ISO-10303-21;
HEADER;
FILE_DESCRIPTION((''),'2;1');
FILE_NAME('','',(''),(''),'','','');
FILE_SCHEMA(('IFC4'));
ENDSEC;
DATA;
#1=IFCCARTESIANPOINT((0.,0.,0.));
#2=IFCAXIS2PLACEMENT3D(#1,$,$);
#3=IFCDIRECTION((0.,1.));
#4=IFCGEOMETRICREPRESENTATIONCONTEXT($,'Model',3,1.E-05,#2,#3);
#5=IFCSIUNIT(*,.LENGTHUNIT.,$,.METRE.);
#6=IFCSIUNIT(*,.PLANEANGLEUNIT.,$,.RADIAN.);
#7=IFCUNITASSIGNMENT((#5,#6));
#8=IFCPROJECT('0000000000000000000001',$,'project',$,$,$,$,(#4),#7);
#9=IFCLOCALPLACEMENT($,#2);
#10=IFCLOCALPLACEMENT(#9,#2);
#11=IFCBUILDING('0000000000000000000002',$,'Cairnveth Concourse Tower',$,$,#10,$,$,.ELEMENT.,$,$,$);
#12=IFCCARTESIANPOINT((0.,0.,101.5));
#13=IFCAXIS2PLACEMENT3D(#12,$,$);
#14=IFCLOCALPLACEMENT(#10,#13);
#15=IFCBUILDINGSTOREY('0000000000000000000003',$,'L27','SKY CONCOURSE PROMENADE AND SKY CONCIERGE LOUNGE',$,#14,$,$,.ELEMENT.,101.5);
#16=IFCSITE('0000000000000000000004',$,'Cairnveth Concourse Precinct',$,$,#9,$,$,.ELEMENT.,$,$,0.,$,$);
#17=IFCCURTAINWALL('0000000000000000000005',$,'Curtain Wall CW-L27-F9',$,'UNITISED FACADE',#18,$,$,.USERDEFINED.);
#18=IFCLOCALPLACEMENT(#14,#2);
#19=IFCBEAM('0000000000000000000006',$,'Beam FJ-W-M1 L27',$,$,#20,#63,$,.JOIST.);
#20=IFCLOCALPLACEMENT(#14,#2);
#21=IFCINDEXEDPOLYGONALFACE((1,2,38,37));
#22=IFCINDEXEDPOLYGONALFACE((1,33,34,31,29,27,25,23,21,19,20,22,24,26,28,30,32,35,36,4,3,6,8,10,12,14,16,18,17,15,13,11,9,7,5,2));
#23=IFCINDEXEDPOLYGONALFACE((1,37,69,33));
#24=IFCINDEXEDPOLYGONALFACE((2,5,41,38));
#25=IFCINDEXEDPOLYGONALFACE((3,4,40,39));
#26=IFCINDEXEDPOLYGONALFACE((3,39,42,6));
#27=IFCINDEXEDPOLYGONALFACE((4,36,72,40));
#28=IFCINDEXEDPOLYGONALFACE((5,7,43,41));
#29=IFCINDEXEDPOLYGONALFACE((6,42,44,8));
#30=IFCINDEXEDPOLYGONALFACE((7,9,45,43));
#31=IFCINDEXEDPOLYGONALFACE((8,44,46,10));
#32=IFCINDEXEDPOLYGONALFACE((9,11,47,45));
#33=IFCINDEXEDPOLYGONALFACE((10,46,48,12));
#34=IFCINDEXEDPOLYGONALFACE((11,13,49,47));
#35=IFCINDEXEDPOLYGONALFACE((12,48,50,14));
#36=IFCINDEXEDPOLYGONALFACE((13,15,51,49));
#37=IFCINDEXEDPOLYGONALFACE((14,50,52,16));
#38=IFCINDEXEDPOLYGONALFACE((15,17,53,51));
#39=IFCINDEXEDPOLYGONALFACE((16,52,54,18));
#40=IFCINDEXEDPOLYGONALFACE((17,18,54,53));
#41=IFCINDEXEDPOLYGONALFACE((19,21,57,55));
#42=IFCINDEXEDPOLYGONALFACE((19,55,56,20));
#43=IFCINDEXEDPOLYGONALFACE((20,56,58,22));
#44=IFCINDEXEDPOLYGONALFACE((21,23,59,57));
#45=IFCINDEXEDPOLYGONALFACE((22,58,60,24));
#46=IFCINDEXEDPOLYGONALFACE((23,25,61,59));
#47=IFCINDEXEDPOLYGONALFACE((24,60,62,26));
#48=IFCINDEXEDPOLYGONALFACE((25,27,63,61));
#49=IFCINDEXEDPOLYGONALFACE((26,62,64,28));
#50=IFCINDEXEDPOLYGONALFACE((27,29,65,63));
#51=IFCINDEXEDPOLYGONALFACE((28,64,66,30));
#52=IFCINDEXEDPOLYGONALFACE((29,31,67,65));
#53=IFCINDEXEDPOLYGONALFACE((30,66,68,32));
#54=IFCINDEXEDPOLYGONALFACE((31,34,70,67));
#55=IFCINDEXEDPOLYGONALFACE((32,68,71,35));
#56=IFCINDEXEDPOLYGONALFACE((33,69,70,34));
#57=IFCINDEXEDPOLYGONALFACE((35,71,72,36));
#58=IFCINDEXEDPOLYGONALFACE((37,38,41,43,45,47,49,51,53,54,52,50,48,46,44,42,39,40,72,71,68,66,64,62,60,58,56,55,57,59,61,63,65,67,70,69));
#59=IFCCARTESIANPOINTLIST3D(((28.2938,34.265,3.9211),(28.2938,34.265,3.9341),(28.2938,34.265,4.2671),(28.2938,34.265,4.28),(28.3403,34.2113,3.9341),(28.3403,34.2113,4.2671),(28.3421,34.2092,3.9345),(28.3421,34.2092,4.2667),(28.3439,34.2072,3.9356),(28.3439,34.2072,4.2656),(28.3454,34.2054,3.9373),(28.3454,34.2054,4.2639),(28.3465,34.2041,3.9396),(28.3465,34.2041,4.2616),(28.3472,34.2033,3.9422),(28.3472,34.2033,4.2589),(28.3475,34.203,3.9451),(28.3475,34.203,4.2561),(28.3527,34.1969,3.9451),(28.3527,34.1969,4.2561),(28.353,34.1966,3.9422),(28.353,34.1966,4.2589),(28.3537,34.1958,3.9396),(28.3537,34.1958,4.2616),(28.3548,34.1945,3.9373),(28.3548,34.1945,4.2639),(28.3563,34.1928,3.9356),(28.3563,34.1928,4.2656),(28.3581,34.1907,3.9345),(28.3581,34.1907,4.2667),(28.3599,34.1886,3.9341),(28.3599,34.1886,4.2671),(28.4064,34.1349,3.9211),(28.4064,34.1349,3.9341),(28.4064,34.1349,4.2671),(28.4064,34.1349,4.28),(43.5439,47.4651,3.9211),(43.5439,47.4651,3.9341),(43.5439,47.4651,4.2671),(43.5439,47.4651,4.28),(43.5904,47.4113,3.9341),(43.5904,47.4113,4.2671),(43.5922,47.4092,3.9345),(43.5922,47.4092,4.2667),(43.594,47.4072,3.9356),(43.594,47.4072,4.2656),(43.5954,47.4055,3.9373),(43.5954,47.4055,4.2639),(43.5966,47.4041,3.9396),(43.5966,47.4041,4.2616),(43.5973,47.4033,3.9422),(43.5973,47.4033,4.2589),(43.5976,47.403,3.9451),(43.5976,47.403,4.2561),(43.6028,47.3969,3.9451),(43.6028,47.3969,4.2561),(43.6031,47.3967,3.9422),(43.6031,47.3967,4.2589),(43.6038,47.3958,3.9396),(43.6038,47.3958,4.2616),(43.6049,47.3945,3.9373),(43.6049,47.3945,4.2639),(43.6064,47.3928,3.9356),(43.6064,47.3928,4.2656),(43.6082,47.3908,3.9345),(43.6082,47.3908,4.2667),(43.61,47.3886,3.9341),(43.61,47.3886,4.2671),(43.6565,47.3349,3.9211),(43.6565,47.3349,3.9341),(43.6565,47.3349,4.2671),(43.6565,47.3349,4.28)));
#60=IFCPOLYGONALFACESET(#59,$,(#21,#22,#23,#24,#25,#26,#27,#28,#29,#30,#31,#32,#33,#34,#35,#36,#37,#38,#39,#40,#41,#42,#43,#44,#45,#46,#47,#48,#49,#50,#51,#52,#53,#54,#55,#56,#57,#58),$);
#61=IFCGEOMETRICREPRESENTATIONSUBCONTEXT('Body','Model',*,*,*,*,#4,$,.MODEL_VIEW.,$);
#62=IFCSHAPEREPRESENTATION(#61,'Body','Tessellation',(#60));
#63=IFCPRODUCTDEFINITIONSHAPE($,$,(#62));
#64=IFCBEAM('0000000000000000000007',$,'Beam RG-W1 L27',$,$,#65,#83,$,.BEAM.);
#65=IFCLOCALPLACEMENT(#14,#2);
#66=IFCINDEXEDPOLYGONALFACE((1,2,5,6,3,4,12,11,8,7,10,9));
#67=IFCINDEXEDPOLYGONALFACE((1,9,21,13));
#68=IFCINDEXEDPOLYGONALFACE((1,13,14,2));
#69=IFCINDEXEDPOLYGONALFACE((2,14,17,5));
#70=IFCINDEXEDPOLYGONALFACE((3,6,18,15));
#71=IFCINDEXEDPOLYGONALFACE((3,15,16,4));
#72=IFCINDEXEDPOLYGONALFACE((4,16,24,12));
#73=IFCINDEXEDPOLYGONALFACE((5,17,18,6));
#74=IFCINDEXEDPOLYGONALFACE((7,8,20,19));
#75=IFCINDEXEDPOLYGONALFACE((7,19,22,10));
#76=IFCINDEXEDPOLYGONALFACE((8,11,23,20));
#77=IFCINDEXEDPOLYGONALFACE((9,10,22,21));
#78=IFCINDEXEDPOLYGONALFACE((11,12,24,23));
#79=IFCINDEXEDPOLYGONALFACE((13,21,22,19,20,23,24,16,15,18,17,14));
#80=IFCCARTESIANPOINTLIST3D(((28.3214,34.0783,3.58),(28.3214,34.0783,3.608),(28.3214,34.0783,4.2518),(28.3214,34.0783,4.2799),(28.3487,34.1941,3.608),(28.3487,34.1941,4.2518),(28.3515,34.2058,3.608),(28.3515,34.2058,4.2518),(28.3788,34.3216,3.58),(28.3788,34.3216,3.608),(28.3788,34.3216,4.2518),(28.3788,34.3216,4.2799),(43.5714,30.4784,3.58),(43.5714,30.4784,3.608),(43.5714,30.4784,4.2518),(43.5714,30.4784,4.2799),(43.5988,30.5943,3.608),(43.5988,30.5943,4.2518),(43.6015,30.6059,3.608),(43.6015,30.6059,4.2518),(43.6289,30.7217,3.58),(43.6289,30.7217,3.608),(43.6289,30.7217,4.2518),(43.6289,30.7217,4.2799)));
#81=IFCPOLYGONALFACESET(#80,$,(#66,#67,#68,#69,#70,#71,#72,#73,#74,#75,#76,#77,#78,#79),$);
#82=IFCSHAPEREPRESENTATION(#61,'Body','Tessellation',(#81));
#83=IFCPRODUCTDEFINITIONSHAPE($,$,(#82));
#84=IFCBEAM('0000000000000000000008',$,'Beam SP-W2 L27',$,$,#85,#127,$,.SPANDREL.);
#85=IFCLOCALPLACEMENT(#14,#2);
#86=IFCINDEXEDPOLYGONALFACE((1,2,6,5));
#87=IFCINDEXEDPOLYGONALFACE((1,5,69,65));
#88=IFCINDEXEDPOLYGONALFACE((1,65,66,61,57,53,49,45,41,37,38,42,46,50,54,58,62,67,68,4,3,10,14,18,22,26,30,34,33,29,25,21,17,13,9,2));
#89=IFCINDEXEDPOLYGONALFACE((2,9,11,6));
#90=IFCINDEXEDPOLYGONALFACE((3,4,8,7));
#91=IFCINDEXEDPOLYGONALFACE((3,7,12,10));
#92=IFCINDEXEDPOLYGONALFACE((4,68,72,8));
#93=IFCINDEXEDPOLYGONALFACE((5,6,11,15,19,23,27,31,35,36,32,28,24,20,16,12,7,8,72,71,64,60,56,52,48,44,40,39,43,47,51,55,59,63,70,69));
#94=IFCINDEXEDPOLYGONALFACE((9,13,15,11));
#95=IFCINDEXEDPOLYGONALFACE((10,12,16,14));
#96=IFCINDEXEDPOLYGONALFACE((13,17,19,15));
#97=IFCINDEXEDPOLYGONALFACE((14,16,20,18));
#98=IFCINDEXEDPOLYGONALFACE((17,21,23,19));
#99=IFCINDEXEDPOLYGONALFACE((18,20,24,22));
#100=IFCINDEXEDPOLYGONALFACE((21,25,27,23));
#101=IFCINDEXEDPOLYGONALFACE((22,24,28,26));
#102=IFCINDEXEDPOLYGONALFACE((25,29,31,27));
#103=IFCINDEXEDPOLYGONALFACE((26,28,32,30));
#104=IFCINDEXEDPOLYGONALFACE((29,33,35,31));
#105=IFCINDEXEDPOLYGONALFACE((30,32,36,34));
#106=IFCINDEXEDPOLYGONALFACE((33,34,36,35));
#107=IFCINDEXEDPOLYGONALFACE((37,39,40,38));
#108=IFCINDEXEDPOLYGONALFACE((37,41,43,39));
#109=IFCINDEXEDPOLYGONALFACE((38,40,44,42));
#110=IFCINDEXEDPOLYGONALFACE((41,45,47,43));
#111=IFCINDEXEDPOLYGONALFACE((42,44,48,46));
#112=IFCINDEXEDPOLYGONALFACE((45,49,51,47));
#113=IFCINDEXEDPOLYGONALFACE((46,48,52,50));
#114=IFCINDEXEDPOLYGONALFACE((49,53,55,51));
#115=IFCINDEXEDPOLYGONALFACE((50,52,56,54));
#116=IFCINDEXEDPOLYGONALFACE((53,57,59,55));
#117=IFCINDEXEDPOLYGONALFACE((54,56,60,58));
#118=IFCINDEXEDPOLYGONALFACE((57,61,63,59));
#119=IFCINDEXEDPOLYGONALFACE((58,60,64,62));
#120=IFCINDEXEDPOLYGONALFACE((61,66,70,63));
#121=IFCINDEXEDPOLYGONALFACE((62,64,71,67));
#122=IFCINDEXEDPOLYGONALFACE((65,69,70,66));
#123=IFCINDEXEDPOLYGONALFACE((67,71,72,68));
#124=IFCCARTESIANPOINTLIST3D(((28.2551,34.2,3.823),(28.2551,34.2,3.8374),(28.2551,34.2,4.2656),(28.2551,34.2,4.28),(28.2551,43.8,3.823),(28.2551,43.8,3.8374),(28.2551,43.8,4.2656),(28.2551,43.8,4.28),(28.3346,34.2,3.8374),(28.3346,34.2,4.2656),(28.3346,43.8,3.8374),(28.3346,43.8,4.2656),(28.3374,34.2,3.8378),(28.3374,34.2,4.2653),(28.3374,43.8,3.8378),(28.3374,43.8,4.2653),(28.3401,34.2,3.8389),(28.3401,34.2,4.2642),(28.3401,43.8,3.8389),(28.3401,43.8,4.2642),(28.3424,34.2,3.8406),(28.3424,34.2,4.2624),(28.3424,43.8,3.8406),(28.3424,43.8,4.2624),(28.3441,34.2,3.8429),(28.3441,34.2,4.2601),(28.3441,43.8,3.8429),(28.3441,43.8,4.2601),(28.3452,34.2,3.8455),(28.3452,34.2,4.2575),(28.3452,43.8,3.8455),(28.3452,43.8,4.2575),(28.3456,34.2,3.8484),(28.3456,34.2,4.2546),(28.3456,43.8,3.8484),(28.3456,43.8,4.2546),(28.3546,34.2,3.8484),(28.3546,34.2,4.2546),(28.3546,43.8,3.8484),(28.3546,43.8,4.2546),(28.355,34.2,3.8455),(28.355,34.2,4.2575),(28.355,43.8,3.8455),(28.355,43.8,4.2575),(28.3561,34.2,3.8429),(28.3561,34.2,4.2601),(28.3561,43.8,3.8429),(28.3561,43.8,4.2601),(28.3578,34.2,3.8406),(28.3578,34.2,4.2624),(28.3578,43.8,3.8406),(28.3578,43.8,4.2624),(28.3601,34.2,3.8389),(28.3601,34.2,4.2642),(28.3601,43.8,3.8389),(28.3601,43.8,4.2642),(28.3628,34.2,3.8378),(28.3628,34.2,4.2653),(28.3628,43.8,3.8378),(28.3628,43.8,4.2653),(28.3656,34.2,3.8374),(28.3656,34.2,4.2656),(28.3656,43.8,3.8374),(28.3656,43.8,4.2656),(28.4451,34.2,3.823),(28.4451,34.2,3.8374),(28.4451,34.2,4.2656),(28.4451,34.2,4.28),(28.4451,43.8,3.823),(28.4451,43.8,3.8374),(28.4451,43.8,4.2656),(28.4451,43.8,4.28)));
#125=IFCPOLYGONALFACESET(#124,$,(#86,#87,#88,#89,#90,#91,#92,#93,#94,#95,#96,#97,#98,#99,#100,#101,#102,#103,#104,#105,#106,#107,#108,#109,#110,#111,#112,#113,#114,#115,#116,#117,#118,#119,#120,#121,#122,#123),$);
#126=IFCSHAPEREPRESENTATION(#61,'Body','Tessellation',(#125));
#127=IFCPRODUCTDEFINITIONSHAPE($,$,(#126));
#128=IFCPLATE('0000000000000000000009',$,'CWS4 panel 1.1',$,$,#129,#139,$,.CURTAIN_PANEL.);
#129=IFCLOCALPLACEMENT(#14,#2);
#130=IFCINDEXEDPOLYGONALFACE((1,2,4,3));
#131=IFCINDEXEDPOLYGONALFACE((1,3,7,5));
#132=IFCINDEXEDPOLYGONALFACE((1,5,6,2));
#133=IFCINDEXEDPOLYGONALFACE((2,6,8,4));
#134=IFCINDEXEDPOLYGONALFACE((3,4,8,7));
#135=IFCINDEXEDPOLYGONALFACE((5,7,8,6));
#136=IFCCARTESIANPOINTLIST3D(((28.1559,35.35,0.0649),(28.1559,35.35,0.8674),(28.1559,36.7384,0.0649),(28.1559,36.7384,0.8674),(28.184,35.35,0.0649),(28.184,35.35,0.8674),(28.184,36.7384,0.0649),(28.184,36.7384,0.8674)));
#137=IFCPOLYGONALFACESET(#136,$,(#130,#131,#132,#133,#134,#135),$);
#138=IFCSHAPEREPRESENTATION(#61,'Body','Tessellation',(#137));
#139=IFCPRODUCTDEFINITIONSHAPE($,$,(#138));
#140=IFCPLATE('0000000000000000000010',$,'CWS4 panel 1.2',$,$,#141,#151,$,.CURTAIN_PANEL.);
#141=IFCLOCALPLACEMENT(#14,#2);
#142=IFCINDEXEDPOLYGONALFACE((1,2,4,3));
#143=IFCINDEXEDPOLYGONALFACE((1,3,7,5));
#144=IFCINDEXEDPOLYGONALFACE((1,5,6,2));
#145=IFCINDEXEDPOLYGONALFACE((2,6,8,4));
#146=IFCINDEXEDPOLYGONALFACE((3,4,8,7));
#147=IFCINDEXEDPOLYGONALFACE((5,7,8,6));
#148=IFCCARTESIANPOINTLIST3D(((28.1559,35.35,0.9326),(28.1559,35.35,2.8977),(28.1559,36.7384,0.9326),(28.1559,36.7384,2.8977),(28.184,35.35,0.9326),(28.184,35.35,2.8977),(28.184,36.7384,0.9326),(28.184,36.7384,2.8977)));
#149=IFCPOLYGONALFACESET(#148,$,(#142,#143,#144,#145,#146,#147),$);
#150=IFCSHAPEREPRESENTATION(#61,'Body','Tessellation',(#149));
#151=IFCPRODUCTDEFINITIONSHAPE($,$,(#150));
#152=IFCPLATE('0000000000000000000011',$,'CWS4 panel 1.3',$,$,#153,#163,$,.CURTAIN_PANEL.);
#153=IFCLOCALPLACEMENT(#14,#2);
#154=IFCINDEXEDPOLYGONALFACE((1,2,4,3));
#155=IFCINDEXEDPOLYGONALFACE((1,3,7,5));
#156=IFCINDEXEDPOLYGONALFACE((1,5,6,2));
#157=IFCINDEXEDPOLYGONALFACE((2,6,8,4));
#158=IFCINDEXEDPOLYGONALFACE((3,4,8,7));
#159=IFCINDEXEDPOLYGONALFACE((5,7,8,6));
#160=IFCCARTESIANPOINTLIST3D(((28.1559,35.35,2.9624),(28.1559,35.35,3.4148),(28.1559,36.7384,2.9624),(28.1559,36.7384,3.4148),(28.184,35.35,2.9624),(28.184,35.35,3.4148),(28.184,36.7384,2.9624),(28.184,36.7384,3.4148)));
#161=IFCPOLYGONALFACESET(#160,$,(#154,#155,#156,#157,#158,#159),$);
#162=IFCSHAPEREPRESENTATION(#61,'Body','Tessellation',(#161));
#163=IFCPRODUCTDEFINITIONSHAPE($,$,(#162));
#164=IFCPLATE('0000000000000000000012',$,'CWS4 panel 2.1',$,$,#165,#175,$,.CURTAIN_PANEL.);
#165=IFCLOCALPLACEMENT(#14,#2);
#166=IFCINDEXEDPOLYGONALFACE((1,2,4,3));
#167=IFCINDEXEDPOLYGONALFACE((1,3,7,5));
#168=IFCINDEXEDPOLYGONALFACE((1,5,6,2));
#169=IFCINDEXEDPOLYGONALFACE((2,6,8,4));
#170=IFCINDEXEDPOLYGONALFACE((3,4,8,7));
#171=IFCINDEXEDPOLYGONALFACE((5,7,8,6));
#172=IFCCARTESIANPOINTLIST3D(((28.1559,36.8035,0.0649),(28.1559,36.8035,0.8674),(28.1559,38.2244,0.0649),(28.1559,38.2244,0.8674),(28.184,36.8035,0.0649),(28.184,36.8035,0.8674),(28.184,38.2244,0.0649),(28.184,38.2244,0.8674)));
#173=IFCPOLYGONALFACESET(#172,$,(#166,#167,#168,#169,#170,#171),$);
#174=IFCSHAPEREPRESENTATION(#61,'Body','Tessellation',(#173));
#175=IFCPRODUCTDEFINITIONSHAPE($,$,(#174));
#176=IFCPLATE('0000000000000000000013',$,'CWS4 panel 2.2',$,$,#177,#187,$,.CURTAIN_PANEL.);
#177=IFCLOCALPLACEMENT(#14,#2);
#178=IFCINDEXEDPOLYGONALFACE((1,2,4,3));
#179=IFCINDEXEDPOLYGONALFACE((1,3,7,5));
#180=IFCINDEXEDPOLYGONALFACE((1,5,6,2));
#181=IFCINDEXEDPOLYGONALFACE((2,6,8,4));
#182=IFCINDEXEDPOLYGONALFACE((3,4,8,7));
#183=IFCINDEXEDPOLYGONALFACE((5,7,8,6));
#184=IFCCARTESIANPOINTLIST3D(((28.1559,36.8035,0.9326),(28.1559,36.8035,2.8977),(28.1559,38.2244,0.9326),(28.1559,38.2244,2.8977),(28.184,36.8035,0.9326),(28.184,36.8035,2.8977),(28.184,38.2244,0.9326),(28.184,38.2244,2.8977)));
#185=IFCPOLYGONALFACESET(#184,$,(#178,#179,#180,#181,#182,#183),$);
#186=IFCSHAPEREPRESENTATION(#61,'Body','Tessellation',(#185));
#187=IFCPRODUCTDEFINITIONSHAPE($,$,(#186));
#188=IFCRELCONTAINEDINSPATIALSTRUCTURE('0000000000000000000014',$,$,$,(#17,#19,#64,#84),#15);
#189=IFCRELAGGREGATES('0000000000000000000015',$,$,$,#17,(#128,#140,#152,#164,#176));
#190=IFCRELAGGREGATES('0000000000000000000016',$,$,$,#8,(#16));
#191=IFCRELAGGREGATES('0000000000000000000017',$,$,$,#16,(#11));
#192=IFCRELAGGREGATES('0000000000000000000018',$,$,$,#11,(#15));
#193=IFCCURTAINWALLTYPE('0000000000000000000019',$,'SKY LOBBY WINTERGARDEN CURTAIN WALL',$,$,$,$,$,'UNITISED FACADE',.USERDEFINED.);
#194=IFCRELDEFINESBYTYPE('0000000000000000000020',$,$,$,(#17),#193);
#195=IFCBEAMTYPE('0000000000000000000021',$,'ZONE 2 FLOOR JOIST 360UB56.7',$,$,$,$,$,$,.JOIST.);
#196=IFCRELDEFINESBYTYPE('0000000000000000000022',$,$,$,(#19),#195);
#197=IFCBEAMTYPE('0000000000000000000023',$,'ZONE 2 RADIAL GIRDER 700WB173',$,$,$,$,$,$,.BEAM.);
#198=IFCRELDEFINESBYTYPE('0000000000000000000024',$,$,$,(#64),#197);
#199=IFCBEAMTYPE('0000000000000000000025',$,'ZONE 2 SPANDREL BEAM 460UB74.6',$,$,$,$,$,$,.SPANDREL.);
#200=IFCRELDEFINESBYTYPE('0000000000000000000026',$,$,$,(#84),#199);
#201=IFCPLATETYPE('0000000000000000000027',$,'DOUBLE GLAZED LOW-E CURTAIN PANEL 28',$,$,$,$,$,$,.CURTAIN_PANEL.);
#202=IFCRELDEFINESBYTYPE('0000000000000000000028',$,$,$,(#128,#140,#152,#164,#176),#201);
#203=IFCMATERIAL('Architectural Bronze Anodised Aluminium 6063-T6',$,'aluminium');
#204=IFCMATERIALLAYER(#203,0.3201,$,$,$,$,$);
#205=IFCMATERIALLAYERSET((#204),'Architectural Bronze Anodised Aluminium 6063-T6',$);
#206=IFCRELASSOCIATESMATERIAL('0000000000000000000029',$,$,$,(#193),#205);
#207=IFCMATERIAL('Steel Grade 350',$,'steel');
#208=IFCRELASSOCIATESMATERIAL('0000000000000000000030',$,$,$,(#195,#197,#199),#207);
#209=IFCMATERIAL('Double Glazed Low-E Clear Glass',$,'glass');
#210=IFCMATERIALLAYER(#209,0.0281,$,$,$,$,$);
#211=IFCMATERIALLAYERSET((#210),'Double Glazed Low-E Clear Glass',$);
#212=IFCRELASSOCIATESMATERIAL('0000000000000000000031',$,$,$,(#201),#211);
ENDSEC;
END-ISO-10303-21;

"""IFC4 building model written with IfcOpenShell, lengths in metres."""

from ifc_helpers import new_model, si_unit, direction, frame, origin, origin_2d, place, context, subcontext, project, spatial, rectangle, i_section, extrude, material, layer, layer_set, material_profile, profile_set, type_object, element, aggregate, save


model = new_model("IFC4")

# Units and contexts
model_context = context("Model", 3, precision=1e-05, world=origin(), true_north=direction((0.0, 1.0)))
body_context = subcontext(model_context, "Body", "Model", "MODEL_VIEW")
ifc_project = project(units=[si_unit("LENGTHUNIT", "METRE"), si_unit("PLANEANGLEUNIT", "RADIAN")], contexts=[model_context])

# Site, building, storey
site_placement = place(None, origin())
site = spatial("IfcSite", under=ifc_project, at=site_placement, Name="Cairnveth Concourse Precinct", CompositionType="ELEMENT", RefElevation=0.0)
building_placement = place(site_placement, origin())
building = spatial("IfcBuilding", under=site, at=building_placement, Name="Cairnveth Concourse Tower", CompositionType="ELEMENT")
storey_placement = place(building_placement, frame((0.0, 0.0, 101.5)))
storey = spatial("IfcBuildingStorey", under=building, at=storey_placement, Name="L27", Description="SKY CONCOURSE PROMENADE AND SKY CONCIERGE LOUNGE", CompositionType="ELEMENT", Elevation=101.5)

# Curtain wall
ifc_material_1 = material(Name="Architectural Bronze Anodised Aluminium 6063-T6", Category="aluminium")
ifc_layer_1 = layer(ifc_material_1, 0.3201)
ifc_layer_set_1 = layer_set([ifc_layer_1], Name="Architectural Bronze Anodised Aluminium 6063-T6")
curtain_wall_type = type_object("IfcCurtainWallType", Name="SKY LOBBY WINTERGARDEN CURTAIN WALL", ElementType="UNITISED FACADE", PredefinedType="USERDEFINED", material=ifc_layer_set_1)
curtain_wall_placement = place(storey_placement, origin())
curtain_wall = element("IfcCurtainWall", 1, at=curtain_wall_placement, inside=storey, type_object=curtain_wall_type, Name="Curtain Wall CW-L27-F9", ObjectType="UNITISED FACADE", PredefinedType="USERDEFINED")

# Beams
ifc_material_2 = material(Name="Steel Grade 350", Category="steel")
ifc_material_profile_1 = material_profile(ifc_material_2, i_section(OverallWidth=0.1721, OverallDepth=0.3589, WebThickness=0.0081, FlangeThickness=0.0129, FilletRadius=0.011, at=origin_2d()), Name="360UB56.7")
ifc_profile_set_1 = profile_set([ifc_material_profile_1], Name="Steel Grade 350")
beam_type_1 = type_object("IfcBeamType", Name="ZONE 2 FLOOR JOIST 360UB56.7", PredefinedType="JOIST", material=ifc_profile_set_1)
beam_1_placement = place(storey_placement, frame((28.3501, 34.2, 4.1006), z_axis=(0.756099, 0.654457, 0.0), x_axis=(-0.654457, 0.756099, 0.0)))
element("IfcBeam", 2, at=beam_1_placement, inside=storey, type_object=beam_type_1, Name="Beam FJ-W-M1 L27", PredefinedType="JOIST", context=body_context, shape_type="SweptSolid", body=[
    extrude(i_section(OverallWidth=0.1721, OverallDepth=0.3589, WebThickness=0.0081, FlangeThickness=0.0129, FilletRadius=0.011, at=origin_2d()), origin(), (0.0, 0.0, 1.0), 20.1694),
])
ifc_material_profile_2 = material_profile(ifc_material_2, i_section(OverallWidth=0.25, OverallDepth=0.7, WebThickness=0.012, FlangeThickness=0.0281, at=origin_2d()), Name="700WB173")
ifc_profile_set_2 = profile_set([ifc_material_profile_2], Name="Steel Grade 350")
beam_type_2 = type_object("IfcBeamType", Name="ZONE 2 RADIAL GIRDER 700WB173", PredefinedType="BEAM", material=ifc_profile_set_2)
beam_2_placement = place(storey_placement, frame((28.3501, 34.2, 3.9299), z_axis=(0.973252, -0.229742, 0.0), x_axis=(0.229742, 0.973252, 0.0)))
element("IfcBeam", 3, at=beam_2_placement, inside=storey, type_object=beam_type_2, Name="Beam RG-W1 L27", PredefinedType="BEAM", context=body_context, shape_type="SweptSolid", body=[
    extrude(i_section(OverallWidth=0.25, OverallDepth=0.7, WebThickness=0.012, FlangeThickness=0.0281, at=origin_2d()), origin(), (0.0, 0.0, 1.0), 15.6692),
])
ifc_material_profile_3 = material_profile(ifc_material_2, i_section(OverallWidth=0.1899, OverallDepth=0.457, WebThickness=0.009, FlangeThickness=0.0144, FilletRadius=0.011, at=origin_2d()), Name="460UB74.6")
ifc_profile_set_3 = profile_set([ifc_material_profile_3], Name="Steel Grade 350")
beam_type_3 = type_object("IfcBeamType", Name="ZONE 2 SPANDREL BEAM 460UB74.6", PredefinedType="SPANDREL", material=ifc_profile_set_3)
beam_3_placement = place(storey_placement, frame((28.3501, 34.2, 4.0515), z_axis=(0.0, 1.0, 0.0), x_axis=(-1.0, 0.0, 0.0)))
element("IfcBeam", 4, at=beam_3_placement, inside=storey, type_object=beam_type_3, Name="Beam SP-W2 L27", PredefinedType="SPANDREL", context=body_context, shape_type="SweptSolid", body=[
    extrude(i_section(OverallWidth=0.1899, OverallDepth=0.457, WebThickness=0.009, FlangeThickness=0.0144, FilletRadius=0.011, at=origin_2d()), origin(), (0.0, 0.0, 1.0), 9.6001),
])

# Plates
ifc_material_3 = material(Name="Double Glazed Low-E Clear Glass", Category="glass")
ifc_layer_2 = layer(ifc_material_3, 0.0281)
ifc_layer_set_2 = layer_set([ifc_layer_2], Name="Double Glazed Low-E Clear Glass")
plate_type = type_object("IfcPlateType", Name="DOUBLE GLAZED LOW-E CURTAIN PANEL 28", PredefinedType="CURTAIN_PANEL", material=ifc_layer_set_2)
plate_1_placement = place(storey_placement, frame((28.1699, 36.0442, 0.0649), z_axis=(0.0, 0.0, 1.0), x_axis=(0.0, 1.0, 0.0)))
plate_1 = element("IfcPlate", 5, at=plate_1_placement, type_object=plate_type, Name="CWS4 panel 1.1", PredefinedType="CURTAIN_PANEL", context=body_context, shape_type="SweptSolid", body=[
    extrude(rectangle(XDim=1.3884, YDim=0.0281, at=origin_2d()), origin(), (0.0, 0.0, 1.0), 0.8025),
])
plate_2_placement = place(storey_placement, frame((28.1699, 36.0442, 0.9326), z_axis=(0.0, 0.0, 1.0), x_axis=(0.0, 1.0, 0.0)))
plate_2 = element("IfcPlate", 6, at=plate_2_placement, type_object=plate_type, Name="CWS4 panel 1.2", PredefinedType="CURTAIN_PANEL", context=body_context, shape_type="SweptSolid", body=[
    extrude(rectangle(XDim=1.3884, YDim=0.0281, at=origin_2d()), origin(), (0.0, 0.0, 1.0), 1.9651),
])
plate_3_placement = place(storey_placement, frame((28.1699, 36.0442, 2.9624), z_axis=(0.0, 0.0, 1.0), x_axis=(0.0, 1.0, 0.0)))
plate_3 = element("IfcPlate", 7, at=plate_3_placement, type_object=plate_type, Name="CWS4 panel 1.3", PredefinedType="CURTAIN_PANEL", context=body_context, shape_type="SweptSolid", body=[
    extrude(rectangle(XDim=1.3884, YDim=0.0281, at=origin_2d()), origin(), (0.0, 0.0, 1.0), 0.4524),
])
plate_4_placement = place(storey_placement, frame((28.1699, 37.5139, 0.0649), z_axis=(0.0, 0.0, 1.0), x_axis=(0.0, 1.0, 0.0)))
plate_4 = element("IfcPlate", 8, at=plate_4_placement, type_object=plate_type, Name="CWS4 panel 2.1", PredefinedType="CURTAIN_PANEL", context=body_context, shape_type="SweptSolid", body=[
    extrude(rectangle(XDim=1.4209, YDim=0.0281, at=origin_2d()), origin(), (0.0, 0.0, 1.0), 0.8025),
])
plate_5_placement = place(storey_placement, frame((28.1699, 37.5139, 0.9326), z_axis=(0.0, 0.0, 1.0), x_axis=(0.0, 1.0, 0.0)))
plate_5 = element("IfcPlate", 9, at=plate_5_placement, type_object=plate_type, Name="CWS4 panel 2.2", PredefinedType="CURTAIN_PANEL", context=body_context, shape_type="SweptSolid", body=[
    extrude(rectangle(XDim=1.4209, YDim=0.0281, at=origin_2d()), origin(), (0.0, 0.0, 1.0), 1.9651),
])
aggregate(curtain_wall, [plate_1, plate_2, plate_3, plate_4, plate_5])

save(model, "model.ifc")
